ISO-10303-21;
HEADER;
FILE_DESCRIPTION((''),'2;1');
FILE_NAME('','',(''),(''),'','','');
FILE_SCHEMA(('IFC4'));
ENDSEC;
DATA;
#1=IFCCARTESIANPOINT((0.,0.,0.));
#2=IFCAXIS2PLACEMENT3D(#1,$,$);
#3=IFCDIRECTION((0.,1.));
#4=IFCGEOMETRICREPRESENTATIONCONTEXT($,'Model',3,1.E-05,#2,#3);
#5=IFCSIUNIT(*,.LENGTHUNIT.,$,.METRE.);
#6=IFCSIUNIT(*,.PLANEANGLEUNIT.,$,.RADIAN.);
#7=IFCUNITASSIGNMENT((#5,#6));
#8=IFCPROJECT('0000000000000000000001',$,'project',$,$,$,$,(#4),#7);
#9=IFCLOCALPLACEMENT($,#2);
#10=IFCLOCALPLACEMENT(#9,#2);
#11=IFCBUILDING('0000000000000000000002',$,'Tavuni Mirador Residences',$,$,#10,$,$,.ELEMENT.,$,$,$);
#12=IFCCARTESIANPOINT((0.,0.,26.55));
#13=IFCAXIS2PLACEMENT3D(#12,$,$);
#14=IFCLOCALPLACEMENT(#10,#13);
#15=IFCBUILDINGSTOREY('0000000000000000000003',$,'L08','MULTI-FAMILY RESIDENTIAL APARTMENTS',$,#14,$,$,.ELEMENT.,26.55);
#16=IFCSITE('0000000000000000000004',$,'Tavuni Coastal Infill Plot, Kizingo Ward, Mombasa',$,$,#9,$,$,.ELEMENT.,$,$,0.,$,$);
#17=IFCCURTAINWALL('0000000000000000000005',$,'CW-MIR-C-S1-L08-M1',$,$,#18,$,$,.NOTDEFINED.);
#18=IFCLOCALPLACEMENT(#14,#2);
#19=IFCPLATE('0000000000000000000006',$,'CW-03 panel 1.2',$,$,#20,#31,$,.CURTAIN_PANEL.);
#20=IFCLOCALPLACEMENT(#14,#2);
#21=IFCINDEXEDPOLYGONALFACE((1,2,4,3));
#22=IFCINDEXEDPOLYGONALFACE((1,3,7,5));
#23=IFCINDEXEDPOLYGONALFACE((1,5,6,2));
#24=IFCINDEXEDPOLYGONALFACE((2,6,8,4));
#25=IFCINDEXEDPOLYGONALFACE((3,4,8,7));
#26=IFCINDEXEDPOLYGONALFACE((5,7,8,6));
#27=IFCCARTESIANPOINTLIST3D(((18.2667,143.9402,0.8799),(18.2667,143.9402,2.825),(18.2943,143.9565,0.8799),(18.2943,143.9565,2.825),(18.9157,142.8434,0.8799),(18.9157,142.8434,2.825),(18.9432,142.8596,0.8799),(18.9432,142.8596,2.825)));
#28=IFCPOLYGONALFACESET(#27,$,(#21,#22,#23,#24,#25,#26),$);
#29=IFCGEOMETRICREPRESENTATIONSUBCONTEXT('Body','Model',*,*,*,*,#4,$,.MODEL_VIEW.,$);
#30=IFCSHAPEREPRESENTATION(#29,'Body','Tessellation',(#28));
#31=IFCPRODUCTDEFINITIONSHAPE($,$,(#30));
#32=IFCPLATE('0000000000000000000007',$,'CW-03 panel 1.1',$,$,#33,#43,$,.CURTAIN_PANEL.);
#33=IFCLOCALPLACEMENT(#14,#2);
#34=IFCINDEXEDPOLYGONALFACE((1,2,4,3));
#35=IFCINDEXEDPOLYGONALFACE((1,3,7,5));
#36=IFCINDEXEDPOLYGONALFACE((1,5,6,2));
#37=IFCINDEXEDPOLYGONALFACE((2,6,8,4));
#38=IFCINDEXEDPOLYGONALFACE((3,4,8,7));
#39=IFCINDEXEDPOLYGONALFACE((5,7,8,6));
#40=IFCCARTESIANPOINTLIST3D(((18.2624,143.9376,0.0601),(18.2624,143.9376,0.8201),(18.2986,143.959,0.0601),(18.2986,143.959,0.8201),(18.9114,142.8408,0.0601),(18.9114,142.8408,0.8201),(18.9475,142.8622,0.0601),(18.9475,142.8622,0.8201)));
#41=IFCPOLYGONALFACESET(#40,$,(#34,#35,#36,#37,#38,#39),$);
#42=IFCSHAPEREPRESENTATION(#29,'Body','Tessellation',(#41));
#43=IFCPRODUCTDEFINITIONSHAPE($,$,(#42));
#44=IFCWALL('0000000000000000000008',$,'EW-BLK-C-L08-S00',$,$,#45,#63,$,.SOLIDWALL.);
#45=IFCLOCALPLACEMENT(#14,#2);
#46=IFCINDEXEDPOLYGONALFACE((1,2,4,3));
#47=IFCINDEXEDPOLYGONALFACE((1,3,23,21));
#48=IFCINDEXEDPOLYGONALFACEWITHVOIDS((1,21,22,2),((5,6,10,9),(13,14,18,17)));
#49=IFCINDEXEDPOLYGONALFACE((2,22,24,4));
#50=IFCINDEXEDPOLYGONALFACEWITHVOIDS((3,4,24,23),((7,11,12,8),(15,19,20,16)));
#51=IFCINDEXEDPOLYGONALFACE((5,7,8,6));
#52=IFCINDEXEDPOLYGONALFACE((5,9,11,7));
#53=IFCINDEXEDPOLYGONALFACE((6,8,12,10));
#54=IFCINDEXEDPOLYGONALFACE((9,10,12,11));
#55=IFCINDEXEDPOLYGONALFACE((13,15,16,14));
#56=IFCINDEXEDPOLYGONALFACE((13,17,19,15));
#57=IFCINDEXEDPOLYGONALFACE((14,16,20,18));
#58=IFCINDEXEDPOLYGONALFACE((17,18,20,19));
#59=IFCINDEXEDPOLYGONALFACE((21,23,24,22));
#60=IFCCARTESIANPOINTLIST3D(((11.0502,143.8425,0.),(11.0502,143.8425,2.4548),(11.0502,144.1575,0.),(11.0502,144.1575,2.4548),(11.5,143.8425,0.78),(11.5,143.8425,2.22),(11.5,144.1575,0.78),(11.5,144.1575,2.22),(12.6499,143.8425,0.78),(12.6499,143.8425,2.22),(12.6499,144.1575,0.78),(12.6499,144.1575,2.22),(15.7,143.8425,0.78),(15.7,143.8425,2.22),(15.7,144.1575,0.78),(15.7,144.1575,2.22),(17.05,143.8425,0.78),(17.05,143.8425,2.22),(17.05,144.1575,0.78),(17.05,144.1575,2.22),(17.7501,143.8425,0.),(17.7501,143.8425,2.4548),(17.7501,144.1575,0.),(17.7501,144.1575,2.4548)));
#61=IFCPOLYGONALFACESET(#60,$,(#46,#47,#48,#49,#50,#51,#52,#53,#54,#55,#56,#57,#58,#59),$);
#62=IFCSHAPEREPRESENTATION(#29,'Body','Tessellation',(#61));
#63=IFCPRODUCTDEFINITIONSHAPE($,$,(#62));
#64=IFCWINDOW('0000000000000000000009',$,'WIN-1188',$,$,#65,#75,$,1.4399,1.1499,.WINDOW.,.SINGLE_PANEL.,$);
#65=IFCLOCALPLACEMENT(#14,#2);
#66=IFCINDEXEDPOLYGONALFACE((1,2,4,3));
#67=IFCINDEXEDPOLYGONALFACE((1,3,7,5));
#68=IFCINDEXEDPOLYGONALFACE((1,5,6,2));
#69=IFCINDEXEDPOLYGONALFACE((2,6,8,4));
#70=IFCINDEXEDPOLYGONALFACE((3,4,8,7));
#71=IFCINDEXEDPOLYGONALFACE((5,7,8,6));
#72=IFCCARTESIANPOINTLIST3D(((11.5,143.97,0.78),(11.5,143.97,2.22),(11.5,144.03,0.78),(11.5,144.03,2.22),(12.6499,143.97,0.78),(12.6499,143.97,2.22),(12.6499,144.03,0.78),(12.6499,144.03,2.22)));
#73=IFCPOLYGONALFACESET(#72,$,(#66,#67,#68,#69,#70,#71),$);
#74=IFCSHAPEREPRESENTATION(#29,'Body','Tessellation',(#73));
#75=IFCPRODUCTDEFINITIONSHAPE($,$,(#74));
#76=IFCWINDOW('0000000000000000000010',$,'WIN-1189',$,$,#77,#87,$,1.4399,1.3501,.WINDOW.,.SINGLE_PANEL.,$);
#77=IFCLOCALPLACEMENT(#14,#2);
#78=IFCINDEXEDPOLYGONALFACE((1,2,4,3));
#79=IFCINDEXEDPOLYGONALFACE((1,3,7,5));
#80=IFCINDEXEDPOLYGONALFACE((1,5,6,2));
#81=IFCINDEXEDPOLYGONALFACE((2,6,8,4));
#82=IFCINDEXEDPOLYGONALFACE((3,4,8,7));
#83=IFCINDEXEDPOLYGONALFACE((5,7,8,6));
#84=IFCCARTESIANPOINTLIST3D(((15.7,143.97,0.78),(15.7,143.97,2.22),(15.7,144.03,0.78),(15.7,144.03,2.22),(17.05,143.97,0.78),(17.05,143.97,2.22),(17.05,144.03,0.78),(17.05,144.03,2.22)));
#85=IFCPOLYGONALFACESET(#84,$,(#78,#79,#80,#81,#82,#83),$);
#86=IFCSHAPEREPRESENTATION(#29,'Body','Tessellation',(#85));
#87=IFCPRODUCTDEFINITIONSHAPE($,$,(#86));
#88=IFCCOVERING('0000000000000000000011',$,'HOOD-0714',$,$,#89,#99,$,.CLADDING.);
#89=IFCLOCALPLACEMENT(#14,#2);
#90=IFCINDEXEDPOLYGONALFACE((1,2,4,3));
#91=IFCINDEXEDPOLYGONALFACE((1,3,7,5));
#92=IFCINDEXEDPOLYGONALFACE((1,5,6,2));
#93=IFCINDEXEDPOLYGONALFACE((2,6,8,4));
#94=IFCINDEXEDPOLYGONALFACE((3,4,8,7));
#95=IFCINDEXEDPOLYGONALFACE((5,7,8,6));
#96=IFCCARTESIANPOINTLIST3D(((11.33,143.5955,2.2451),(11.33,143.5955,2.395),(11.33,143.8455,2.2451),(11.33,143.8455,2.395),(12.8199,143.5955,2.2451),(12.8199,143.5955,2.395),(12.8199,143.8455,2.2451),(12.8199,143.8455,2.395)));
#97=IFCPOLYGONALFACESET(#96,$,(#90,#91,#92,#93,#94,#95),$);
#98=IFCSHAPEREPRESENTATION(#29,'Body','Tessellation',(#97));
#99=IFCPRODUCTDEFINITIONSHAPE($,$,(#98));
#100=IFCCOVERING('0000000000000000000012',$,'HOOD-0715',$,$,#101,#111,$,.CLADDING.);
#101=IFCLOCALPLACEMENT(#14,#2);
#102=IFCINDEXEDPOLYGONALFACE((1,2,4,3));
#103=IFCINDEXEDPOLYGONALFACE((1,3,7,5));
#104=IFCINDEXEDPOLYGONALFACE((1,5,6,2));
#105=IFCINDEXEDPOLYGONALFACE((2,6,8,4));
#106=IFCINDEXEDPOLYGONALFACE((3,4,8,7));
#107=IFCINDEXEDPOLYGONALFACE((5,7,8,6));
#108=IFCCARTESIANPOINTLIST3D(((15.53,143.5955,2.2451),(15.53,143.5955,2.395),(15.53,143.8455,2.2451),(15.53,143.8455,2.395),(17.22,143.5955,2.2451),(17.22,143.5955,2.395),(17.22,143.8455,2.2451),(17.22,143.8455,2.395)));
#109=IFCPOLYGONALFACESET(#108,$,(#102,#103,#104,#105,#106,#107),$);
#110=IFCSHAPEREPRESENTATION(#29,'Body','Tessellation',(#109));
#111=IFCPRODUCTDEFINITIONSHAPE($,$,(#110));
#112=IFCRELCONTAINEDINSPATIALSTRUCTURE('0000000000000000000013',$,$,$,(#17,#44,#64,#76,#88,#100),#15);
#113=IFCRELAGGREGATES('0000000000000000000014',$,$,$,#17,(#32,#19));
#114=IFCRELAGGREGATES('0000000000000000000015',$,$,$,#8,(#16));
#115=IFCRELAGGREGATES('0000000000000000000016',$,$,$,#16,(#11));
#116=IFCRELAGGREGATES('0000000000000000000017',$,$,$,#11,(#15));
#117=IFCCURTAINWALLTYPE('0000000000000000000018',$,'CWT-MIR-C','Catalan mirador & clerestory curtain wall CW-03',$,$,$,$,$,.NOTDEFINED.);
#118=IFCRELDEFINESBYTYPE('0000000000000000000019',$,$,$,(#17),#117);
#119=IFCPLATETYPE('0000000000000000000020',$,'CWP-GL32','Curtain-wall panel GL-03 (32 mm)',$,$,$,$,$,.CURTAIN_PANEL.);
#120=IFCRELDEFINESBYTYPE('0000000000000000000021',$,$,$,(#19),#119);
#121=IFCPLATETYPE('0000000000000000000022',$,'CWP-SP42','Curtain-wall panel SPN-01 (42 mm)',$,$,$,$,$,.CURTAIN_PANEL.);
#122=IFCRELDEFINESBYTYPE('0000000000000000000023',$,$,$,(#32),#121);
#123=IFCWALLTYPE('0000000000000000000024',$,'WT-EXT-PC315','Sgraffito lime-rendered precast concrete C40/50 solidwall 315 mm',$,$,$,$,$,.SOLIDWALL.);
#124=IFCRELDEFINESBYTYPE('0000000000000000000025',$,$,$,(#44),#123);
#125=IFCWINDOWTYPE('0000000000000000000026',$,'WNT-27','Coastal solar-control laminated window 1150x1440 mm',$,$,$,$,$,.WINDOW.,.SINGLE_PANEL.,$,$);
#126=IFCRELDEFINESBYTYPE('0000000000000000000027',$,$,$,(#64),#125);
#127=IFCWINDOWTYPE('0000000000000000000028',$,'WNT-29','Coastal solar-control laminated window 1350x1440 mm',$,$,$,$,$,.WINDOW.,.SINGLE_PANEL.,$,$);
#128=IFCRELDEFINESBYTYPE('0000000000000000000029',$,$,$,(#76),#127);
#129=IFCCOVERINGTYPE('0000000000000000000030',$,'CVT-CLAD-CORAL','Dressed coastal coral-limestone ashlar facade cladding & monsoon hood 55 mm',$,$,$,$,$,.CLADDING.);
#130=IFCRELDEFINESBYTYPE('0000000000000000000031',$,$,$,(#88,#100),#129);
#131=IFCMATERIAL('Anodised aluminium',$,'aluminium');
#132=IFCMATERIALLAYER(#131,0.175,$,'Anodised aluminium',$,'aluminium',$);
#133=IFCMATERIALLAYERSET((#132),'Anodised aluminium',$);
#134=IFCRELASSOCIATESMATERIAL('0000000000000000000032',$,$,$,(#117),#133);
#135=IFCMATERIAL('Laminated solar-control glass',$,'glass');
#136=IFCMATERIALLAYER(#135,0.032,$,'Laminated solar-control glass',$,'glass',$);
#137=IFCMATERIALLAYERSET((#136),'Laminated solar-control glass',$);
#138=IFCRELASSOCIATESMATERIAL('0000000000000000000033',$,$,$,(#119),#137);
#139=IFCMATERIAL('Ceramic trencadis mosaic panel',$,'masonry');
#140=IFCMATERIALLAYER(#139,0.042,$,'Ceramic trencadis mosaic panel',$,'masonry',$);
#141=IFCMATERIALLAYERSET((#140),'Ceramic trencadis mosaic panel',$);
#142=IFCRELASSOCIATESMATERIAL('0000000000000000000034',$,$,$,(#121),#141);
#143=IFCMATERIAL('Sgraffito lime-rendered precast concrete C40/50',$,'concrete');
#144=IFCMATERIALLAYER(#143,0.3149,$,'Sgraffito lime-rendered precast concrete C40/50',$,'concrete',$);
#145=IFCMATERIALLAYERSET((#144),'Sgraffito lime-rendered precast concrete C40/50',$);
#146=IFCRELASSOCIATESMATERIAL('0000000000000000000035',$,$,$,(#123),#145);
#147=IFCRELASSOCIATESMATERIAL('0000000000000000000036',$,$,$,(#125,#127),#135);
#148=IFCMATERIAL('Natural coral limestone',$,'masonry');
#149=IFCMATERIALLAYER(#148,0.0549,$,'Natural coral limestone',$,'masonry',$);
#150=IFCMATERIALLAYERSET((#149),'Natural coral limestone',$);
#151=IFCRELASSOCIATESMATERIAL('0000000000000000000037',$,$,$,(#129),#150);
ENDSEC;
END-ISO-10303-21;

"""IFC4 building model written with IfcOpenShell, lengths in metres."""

from ifc_helpers import new_model, si_unit, direction, frame, frame_2d, origin, origin_2d, place, context, subcontext, project, spatial, rectangle, extrude, material, layer, layer_set, type_object, element, fill, aggregate, save


model = new_model("IFC4")

# Units and contexts
model_context = context("Model", 3, precision=1e-05, world=origin(), true_north=direction((0.0, 1.0)))
body_context = subcontext(model_context, "Body", "Model", "MODEL_VIEW")
ifc_project = project(units=[si_unit("LENGTHUNIT", "METRE"), si_unit("PLANEANGLEUNIT", "RADIAN")], contexts=[model_context])

# Site, building, storey
site_placement = place(None, origin())
site = spatial("IfcSite", under=ifc_project, at=site_placement, Name="Tavuni Coastal Infill Plot, Kizingo Ward, Mombasa", CompositionType="ELEMENT", RefElevation=0.0)
building_placement = place(site_placement, origin())
building = spatial("IfcBuilding", under=site, at=building_placement, Name="Tavuni Mirador Residences", CompositionType="ELEMENT")
storey_placement = place(building_placement, frame((0.0, 0.0, 26.55)))
storey = spatial("IfcBuildingStorey", under=building, at=storey_placement, Name="L08", Description="MULTI-FAMILY RESIDENTIAL APARTMENTS", CompositionType="ELEMENT", Elevation=26.55)

# Curtain wall
ifc_material_1 = material(Name="Anodised aluminium", Category="aluminium")
ifc_layer_1 = layer(ifc_material_1, 0.175, Name="Anodised aluminium", Category="aluminium")
ifc_layer_set_1 = layer_set([ifc_layer_1], Name="Anodised aluminium")
curtain_wall_type = type_object("IfcCurtainWallType", Name="CWT-MIR-C", Description="Catalan mirador & clerestory curtain wall CW-03", PredefinedType="NOTDEFINED", material=ifc_layer_set_1)
curtain_wall_placement = place(storey_placement, origin())
curtain_wall = element("IfcCurtainWall", 1, at=curtain_wall_placement, inside=storey, type_object=curtain_wall_type, Name="CW-MIR-C-S1-L08-M1", PredefinedType="NOTDEFINED")

# Plates
ifc_material_2 = material(Name="Laminated solar-control glass", Category="glass")
ifc_layer_2 = layer(ifc_material_2, 0.032, Name="Laminated solar-control glass", Category="glass")
ifc_layer_set_2 = layer_set([ifc_layer_2], Name="Laminated solar-control glass")
plate_type_1 = type_object("IfcPlateType", Name="CWP-GL32", Description="Curtain-wall panel GL-03 (32 mm)", PredefinedType="CURTAIN_PANEL", material=ifc_layer_set_2)
plate_1_placement = place(storey_placement, frame((18.605, 143.3999, 0.8799), z_axis=(0.0, 0.0, 1.0), x_axis=(0.509212, -0.860641, 0.0)))
plate_1 = element("IfcPlate", 2, at=plate_1_placement, type_object=plate_type_1, Name="CW-03 panel 1.2", PredefinedType="CURTAIN_PANEL", context=body_context, shape_type="SweptSolid", body=[
    extrude(rectangle(XDim=1.2744, YDim=0.032, at=origin_2d()), origin(), (0.0, 0.0, 1.0), 1.9451),
])
ifc_material_3 = material(Name="Ceramic trencadis mosaic panel", Category="masonry")
ifc_layer_3 = layer(ifc_material_3, 0.042, Name="Ceramic trencadis mosaic panel", Category="masonry")
ifc_layer_set_3 = layer_set([ifc_layer_3], Name="Ceramic trencadis mosaic panel")
plate_type_2 = type_object("IfcPlateType", Name="CWP-SP42", Description="Curtain-wall panel SPN-01 (42 mm)", PredefinedType="CURTAIN_PANEL", material=ifc_layer_set_3)
plate_2_placement = place(storey_placement, frame((18.605, 143.3999, 0.0601), z_axis=(0.0, 0.0, 1.0), x_axis=(0.509212, -0.860641, 0.0)))
plate_2 = element("IfcPlate", 3, at=plate_2_placement, type_object=plate_type_2, Name="CW-03 panel 1.1", PredefinedType="CURTAIN_PANEL", context=body_context, shape_type="SweptSolid", body=[
    extrude(rectangle(XDim=1.2744, YDim=0.042, at=origin_2d()), origin(), (0.0, 0.0, 1.0), 0.76),
])
aggregate(curtain_wall, [plate_2, plate_1])

# Wall, openings, windows
ifc_material_4 = material(Name="Sgraffito lime-rendered precast concrete C40/50", Category="concrete")
ifc_layer_4 = layer(ifc_material_4, 0.3149, Name="Sgraffito lime-rendered precast concrete C40/50", Category="concrete")
ifc_layer_set_4 = layer_set([ifc_layer_4], Name="Sgraffito lime-rendered precast concrete C40/50")
wall_type = type_object("IfcWallType", Name="WT-EXT-PC315", Description="Sgraffito lime-rendered precast concrete C40/50 solidwall 315 mm", PredefinedType="SOLIDWALL", material=ifc_layer_set_4)
wall_placement = place(storey_placement, frame((11.05, 144.0, 0.0), z_axis=(0.0, 0.0, 1.0), x_axis=(1.0, 0.0, 0.0)))
wall = element("IfcWall", 4, at=wall_placement, inside=storey, type_object=wall_type, Name="EW-BLK-C-L08-S00", PredefinedType="SOLIDWALL", context=body_context, shape_type="SweptSolid", body=[
    extrude(rectangle(XDim=6.7, YDim=0.3149, at=frame_2d((3.3501, 0.0))), origin(), (0.0, 0.0, 1.0), 2.4548),
])
opening_1_placement = place(wall_placement, frame((0.45, 0.0, 0.78)))
opening_1 = element("IfcOpeningElement", 5, at=opening_1_placement, cuts=wall, PredefinedType="OPENING", context=body_context, shape_type="SweptSolid", body=[
    extrude(rectangle(XDim=1.1499, YDim=1.4399, at=frame_2d((0.575, 0.72))), frame((0.0, 0.1675, 0.0), z_axis=(0.0, -1.0, 0.0), x_axis=(1.0, 0.0, 0.0)), (0.0, 0.0, 1.0), 0.335),
])
opening_2_placement = place(wall_placement, frame((4.6499, 0.0, 0.78)))
opening_2 = element("IfcOpeningElement", 6, at=opening_2_placement, cuts=wall, PredefinedType="OPENING", context=body_context, shape_type="SweptSolid", body=[
    extrude(rectangle(XDim=1.3501, YDim=1.4399, at=frame_2d((0.675, 0.72))), frame((0.0, 0.1675, 0.0), z_axis=(0.0, -1.0, 0.0), x_axis=(1.0, 0.0, 0.0)), (0.0, 0.0, 1.0), 0.335),
])
window_type_1 = type_object("IfcWindowType", Name="WNT-27", Description="Coastal solar-control laminated window 1150x1440 mm", PartitioningType="SINGLE_PANEL", PredefinedType="WINDOW", material=ifc_material_2)
window_1_placement = place(opening_1_placement, origin())
window_1 = element("IfcWindow", 7, at=window_1_placement, inside=storey, type_object=window_type_1, Name="WIN-1188", OverallHeight=1.4399, OverallWidth=1.1499, PartitioningType="SINGLE_PANEL", PredefinedType="WINDOW", context=body_context, shape_type="SweptSolid", body=[
    extrude(rectangle(XDim=1.1499, YDim=1.4399, at=frame_2d((0.575, 0.72))), frame((0.0, 0.03, 0.0), z_axis=(0.0, -1.0, 0.0), x_axis=(1.0, 0.0, 0.0)), (0.0, 0.0, 1.0), 0.0601),
])
fill(opening_1, window_1)
window_type_2 = type_object("IfcWindowType", Name="WNT-29", Description="Coastal solar-control laminated window 1350x1440 mm", PartitioningType="SINGLE_PANEL", PredefinedType="WINDOW", material=ifc_material_2)
window_2_placement = place(opening_2_placement, origin())
window_2 = element("IfcWindow", 8, at=window_2_placement, inside=storey, type_object=window_type_2, Name="WIN-1189", OverallHeight=1.4399, OverallWidth=1.3501, PartitioningType="SINGLE_PANEL", PredefinedType="WINDOW", context=body_context, shape_type="SweptSolid", body=[
    extrude(rectangle(XDim=1.3501, YDim=1.4399, at=frame_2d((0.675, 0.72))), frame((0.0, 0.03, 0.0), z_axis=(0.0, -1.0, 0.0), x_axis=(1.0, 0.0, 0.0)), (0.0, 0.0, 1.0), 0.0601),
])
fill(opening_2, window_2)

# Coverings
ifc_material_5 = material(Name="Natural coral limestone", Category="masonry")
ifc_layer_5 = layer(ifc_material_5, 0.0549, Name="Natural coral limestone", Category="masonry")
ifc_layer_set_5 = layer_set([ifc_layer_5], Name="Natural coral limestone")
covering_type = type_object("IfcCoveringType", Name="CVT-CLAD-CORAL", Description="Dressed coastal coral-limestone ashlar facade cladding & monsoon hood 55 mm", PredefinedType="CLADDING", material=ifc_layer_set_5)
covering_1_placement = place(storey_placement, frame((12.075, 143.7205, 2.2451), z_axis=(0.0, 0.0, 1.0), x_axis=(1.0, 0.0, 0.0)))
element("IfcCovering", 9, at=covering_1_placement, inside=storey, type_object=covering_type, Name="HOOD-0714", PredefinedType="CLADDING", context=body_context, shape_type="SweptSolid", body=[
    extrude(rectangle(XDim=1.49, YDim=0.25, at=origin_2d()), origin(), (0.0, 0.0, 1.0), 0.1499),
])
covering_2_placement = place(storey_placement, frame((16.375, 143.7205, 2.2451), z_axis=(0.0, 0.0, 1.0), x_axis=(1.0, 0.0, 0.0)))
element("IfcCovering", 10, at=covering_2_placement, inside=storey, type_object=covering_type, Name="HOOD-0715", PredefinedType="CLADDING", context=body_context, shape_type="SweptSolid", body=[
    extrude(rectangle(XDim=1.6899, YDim=0.25, at=origin_2d()), origin(), (0.0, 0.0, 1.0), 0.1499),
])

save(model, "model.ifc")
